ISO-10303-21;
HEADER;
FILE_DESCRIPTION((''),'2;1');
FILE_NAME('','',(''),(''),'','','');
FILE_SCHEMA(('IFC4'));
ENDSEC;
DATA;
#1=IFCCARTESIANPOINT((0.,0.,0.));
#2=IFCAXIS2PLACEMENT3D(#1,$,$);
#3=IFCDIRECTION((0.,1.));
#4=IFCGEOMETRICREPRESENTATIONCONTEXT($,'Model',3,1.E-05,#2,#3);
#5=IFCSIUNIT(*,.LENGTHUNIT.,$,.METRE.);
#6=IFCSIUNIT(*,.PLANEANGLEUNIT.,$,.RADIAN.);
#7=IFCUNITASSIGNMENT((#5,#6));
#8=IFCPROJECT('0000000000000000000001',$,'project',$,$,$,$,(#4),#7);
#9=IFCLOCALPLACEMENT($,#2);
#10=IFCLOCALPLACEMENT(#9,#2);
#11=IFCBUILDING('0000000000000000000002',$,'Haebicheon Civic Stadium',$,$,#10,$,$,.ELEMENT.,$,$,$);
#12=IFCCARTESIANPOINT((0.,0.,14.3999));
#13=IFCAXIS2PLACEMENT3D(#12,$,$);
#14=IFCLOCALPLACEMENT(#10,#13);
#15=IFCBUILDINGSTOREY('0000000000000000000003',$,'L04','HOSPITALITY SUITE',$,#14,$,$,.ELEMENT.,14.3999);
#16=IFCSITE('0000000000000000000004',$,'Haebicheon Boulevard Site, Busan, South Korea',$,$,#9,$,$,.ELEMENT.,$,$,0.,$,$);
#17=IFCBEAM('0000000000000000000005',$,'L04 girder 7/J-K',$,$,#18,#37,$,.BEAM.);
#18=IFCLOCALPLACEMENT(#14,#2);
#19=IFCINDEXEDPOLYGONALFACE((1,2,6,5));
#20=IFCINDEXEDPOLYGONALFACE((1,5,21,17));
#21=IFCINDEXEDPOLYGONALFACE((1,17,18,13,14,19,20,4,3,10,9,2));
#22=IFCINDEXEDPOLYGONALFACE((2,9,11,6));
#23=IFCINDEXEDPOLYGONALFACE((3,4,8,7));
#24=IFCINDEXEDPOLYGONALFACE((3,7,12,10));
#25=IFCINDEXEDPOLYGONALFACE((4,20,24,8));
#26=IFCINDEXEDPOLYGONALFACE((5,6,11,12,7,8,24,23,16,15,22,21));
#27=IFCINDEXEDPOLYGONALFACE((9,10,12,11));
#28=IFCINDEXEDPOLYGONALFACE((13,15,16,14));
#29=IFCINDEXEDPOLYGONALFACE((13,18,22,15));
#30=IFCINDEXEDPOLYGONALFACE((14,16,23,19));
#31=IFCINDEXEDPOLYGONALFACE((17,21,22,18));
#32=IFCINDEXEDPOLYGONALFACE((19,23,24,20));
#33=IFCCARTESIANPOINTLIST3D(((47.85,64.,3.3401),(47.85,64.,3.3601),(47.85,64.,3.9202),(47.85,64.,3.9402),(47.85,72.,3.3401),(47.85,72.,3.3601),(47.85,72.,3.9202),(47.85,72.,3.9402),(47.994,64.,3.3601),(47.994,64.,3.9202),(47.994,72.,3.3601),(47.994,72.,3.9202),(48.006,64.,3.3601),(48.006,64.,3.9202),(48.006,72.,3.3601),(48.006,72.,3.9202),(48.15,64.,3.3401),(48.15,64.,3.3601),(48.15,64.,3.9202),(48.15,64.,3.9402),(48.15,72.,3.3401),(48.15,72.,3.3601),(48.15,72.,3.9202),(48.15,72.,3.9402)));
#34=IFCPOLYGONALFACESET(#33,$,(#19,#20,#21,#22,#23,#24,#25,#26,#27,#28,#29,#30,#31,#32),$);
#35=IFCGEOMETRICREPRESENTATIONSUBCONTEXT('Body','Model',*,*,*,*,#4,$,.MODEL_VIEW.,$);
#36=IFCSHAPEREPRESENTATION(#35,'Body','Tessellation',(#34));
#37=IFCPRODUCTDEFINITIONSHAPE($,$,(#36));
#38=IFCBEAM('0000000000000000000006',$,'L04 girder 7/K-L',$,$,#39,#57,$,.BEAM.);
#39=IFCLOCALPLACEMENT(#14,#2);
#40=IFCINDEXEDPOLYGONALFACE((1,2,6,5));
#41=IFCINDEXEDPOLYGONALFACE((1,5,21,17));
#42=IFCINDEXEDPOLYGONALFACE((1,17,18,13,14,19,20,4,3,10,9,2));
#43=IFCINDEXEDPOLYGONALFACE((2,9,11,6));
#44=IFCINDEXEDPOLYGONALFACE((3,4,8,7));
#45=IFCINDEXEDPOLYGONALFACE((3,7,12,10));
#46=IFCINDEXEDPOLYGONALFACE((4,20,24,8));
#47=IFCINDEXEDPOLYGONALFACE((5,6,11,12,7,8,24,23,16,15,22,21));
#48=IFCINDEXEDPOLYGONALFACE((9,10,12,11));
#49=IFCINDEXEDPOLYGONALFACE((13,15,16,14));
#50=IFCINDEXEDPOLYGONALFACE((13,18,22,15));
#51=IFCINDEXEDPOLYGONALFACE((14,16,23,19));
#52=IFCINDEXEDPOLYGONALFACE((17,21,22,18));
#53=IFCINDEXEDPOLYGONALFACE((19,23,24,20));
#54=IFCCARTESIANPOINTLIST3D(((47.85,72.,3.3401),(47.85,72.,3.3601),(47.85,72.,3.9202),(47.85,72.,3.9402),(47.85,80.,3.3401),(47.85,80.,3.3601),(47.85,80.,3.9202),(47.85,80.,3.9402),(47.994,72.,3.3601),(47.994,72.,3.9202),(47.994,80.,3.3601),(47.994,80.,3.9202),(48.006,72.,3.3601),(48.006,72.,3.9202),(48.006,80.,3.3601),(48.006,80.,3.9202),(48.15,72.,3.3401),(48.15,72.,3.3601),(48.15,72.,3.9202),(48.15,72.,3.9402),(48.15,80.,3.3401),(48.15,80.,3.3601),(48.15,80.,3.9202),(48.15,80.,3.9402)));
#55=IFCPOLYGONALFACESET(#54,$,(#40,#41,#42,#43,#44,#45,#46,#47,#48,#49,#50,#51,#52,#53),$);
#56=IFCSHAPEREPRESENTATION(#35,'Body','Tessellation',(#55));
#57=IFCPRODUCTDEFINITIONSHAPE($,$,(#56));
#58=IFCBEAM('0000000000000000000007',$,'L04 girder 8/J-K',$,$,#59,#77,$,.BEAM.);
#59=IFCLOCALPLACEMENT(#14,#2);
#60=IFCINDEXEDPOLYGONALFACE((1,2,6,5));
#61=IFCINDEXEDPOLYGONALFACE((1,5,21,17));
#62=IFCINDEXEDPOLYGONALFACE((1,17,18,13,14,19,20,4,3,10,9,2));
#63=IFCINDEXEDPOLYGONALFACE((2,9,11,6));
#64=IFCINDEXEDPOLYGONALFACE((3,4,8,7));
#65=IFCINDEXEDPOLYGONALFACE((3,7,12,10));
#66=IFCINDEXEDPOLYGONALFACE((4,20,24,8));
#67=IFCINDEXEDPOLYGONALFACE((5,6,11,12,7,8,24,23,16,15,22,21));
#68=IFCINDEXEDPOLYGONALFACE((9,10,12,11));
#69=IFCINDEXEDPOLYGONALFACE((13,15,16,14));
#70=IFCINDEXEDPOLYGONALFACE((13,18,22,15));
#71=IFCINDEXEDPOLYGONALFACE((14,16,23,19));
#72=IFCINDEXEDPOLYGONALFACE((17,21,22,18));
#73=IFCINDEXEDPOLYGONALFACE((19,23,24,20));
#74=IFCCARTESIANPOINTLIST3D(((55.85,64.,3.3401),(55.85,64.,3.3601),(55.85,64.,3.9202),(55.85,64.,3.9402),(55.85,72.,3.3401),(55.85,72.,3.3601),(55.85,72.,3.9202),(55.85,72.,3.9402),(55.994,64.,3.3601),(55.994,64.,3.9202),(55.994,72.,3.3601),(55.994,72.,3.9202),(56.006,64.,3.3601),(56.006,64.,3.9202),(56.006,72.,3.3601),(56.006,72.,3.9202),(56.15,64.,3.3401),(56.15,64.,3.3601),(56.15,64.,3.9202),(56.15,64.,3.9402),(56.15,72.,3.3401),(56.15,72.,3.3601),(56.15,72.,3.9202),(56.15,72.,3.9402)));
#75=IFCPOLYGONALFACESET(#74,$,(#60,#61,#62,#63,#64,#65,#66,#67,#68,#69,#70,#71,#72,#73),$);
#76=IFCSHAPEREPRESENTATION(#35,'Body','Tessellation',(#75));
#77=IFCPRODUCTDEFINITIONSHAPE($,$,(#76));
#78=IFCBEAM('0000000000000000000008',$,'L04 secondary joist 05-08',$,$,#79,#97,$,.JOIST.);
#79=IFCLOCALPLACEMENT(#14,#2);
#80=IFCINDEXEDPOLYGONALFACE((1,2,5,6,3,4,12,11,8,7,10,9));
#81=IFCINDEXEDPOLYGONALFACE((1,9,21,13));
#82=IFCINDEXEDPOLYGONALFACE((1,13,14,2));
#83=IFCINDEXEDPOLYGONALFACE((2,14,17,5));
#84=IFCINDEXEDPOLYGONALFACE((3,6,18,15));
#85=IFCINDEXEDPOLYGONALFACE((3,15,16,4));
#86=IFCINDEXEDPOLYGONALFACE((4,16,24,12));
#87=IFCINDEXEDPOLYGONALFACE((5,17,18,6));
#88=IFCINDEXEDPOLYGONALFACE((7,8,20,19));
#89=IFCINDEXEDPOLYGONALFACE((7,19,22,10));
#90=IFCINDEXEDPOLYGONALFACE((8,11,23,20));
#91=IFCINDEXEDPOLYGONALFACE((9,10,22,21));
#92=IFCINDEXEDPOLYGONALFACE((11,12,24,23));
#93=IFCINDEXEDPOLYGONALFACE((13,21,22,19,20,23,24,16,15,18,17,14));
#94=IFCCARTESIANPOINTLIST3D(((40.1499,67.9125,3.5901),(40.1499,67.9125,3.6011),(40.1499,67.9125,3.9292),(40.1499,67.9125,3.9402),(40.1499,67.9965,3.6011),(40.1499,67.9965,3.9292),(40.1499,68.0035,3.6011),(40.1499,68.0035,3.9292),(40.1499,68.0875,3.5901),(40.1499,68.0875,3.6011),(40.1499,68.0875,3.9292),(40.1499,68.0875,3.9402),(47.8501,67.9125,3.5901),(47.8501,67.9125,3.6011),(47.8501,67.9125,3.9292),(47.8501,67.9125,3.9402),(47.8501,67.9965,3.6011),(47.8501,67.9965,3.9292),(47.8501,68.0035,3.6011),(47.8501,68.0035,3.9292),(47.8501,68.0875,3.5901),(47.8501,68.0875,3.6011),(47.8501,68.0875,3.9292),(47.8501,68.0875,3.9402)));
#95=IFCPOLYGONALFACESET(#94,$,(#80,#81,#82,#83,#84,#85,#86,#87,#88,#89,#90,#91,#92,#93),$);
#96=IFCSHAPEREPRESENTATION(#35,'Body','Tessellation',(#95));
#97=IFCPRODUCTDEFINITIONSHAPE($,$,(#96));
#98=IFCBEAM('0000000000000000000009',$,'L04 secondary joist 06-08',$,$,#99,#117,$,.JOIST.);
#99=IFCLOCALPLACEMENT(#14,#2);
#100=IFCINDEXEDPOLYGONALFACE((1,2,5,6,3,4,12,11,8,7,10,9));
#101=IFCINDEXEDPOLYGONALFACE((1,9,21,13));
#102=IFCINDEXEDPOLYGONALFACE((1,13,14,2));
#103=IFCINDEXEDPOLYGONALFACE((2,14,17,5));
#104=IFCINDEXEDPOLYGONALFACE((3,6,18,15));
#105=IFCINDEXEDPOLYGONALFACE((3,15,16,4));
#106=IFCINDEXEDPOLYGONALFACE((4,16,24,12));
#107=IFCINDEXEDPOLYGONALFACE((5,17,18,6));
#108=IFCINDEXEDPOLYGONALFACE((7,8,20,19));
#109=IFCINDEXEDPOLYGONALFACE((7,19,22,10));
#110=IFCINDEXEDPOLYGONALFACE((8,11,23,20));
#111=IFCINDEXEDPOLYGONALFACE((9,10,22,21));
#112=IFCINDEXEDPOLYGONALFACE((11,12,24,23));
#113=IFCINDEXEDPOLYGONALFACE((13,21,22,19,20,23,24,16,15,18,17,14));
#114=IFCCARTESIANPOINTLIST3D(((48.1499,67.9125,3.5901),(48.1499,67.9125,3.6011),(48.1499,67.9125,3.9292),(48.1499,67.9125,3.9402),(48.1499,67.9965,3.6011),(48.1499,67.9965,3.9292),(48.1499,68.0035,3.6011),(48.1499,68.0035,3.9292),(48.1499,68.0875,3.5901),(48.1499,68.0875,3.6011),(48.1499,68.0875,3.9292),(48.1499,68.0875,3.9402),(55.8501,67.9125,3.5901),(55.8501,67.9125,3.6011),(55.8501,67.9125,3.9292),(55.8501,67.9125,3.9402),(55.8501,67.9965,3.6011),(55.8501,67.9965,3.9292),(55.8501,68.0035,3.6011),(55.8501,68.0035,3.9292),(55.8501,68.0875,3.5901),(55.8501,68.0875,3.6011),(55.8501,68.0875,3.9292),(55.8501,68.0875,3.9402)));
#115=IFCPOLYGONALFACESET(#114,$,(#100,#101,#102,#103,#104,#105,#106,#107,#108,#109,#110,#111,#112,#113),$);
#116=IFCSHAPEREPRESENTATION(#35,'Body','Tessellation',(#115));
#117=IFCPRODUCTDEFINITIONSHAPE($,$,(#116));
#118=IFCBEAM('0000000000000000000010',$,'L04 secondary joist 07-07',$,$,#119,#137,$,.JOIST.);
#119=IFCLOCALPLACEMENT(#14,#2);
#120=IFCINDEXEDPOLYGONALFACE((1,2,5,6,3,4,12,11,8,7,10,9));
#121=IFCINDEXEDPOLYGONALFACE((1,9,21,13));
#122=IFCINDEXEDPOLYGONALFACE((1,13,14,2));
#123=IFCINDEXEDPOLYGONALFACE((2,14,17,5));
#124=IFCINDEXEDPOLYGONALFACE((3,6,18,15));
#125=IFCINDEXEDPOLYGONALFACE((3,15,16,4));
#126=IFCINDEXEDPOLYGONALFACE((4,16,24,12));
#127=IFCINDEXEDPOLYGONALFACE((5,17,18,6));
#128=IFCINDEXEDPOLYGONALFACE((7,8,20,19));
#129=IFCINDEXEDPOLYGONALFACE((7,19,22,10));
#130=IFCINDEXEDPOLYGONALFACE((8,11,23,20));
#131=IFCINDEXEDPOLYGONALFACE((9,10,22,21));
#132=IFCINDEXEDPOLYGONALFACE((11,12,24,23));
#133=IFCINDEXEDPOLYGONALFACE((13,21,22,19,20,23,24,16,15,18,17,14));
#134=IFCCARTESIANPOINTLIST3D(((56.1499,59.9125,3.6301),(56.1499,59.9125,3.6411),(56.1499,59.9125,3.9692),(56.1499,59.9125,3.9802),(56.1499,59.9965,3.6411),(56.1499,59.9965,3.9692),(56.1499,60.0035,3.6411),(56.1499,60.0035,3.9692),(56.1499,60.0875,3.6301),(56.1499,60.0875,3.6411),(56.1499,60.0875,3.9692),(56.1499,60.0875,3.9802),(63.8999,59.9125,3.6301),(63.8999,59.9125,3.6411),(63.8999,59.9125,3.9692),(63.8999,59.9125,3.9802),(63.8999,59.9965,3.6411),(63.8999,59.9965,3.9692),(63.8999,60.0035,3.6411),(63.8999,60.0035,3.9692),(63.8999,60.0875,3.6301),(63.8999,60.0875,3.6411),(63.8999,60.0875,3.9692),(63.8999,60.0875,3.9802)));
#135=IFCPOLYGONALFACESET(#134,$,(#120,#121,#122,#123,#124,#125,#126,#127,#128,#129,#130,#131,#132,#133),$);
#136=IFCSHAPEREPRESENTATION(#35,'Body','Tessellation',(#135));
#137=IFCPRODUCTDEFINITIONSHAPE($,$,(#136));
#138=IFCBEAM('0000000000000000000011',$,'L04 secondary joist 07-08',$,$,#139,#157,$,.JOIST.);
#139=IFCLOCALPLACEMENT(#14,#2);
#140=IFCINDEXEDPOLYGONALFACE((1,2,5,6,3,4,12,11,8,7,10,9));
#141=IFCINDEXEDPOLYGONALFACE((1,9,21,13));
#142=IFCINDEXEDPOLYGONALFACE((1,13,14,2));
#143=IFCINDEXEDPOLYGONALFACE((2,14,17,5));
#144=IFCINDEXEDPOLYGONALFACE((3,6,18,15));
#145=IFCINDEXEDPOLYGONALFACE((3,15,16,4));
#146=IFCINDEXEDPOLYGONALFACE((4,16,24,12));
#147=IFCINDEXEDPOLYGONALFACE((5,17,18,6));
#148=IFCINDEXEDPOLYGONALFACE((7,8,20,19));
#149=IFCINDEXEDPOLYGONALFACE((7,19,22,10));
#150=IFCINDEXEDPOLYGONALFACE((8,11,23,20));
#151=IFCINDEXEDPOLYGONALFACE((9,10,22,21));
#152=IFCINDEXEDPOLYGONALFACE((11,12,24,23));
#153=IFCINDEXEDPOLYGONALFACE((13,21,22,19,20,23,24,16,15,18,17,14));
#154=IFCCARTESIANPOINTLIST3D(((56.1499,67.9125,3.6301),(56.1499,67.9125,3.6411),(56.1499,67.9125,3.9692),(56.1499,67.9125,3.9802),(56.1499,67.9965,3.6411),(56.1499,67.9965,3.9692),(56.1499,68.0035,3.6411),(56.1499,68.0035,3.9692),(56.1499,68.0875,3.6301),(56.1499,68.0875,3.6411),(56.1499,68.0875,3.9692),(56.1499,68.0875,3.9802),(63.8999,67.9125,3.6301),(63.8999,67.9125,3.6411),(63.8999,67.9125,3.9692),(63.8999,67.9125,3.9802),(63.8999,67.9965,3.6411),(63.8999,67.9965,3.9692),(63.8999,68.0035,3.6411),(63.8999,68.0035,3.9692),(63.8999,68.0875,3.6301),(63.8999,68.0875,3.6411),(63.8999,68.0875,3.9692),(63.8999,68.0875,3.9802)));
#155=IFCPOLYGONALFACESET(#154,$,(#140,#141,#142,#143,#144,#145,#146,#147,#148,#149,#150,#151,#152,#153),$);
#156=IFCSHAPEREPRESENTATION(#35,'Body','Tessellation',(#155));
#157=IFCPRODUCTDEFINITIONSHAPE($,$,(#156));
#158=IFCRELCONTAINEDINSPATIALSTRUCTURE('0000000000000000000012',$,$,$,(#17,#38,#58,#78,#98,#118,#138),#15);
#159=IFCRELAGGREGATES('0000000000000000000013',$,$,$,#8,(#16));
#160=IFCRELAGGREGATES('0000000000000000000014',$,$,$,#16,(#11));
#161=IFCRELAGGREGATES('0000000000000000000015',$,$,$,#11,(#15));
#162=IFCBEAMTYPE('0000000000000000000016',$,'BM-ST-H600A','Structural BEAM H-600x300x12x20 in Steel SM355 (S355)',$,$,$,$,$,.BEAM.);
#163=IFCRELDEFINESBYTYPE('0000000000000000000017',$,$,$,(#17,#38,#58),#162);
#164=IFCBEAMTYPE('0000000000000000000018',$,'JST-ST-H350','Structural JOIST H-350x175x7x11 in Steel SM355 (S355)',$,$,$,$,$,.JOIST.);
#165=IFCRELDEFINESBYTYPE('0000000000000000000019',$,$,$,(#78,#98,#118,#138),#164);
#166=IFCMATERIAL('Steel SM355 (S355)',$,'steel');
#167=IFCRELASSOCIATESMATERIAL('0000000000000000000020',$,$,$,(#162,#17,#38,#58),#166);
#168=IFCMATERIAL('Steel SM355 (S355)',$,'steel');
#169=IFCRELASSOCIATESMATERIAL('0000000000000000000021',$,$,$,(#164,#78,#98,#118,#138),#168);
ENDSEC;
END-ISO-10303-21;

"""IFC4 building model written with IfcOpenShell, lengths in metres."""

from ifc_helpers import new_model, si_unit, direction, frame, origin, origin_2d, place, context, subcontext, project, spatial, i_section, extrude, material, material_profile, profile_set, type_object, element, save


model = new_model("IFC4")

# Units and contexts
model_context = context("Model", 3, precision=1e-05, world=origin(), true_north=direction((0.0, 1.0)))
body_context = subcontext(model_context, "Body", "Model", "MODEL_VIEW")
ifc_project = project(units=[si_unit("LENGTHUNIT", "METRE"), si_unit("PLANEANGLEUNIT", "RADIAN")], contexts=[model_context])

# Site, building, storey
site_placement = place(None, origin())
site = spatial("IfcSite", under=ifc_project, at=site_placement, Name="Haebicheon Boulevard Site, Busan, South Korea", CompositionType="ELEMENT", RefElevation=0.0)
building_placement = place(site_placement, origin())
building = spatial("IfcBuilding", under=site, at=building_placement, Name="Haebicheon Civic Stadium", CompositionType="ELEMENT")
storey_placement = place(building_placement, frame((0.0, 0.0, 14.3999)))
storey = spatial("IfcBuildingStorey", under=building, at=storey_placement, Name="L04", Description="HOSPITALITY SUITE", CompositionType="ELEMENT", Elevation=14.3999)

# Beams
ifc_material_1 = material(Name="Steel SM355 (S355)", Category="steel")
ifc_material_profile_1 = material_profile(ifc_material_1, i_section(OverallWidth=0.3, OverallDepth=0.6001, WebThickness=0.012, FlangeThickness=0.02, at=origin_2d()), Name="H-600x300x12x20")
ifc_profile_set_1 = profile_set([ifc_material_profile_1], Name="Steel SM355 (S355)")
beam_type_1 = type_object("IfcBeamType", Name="BM-ST-H600A", Description="Structural BEAM H-600x300x12x20 in Steel SM355 (S355)", PredefinedType="BEAM", material=ifc_profile_set_1)
for number, where, z_axis, x_axis, name in (
    (1, (48.0, 64.0, 3.6401), (0.0, 1.0, 0.0), (-1.0, 0.0, 0.0), "L04 girder 7/J-K"),
    (2, (48.0, 72.0, 3.6401), (0.0, 1.0, 0.0), (-1.0, 0.0, 0.0), "L04 girder 7/K-L"),
    (3, (56.0, 64.0, 3.6401), (0.0, 1.0, 0.0), (-1.0, 0.0, 0.0), "L04 girder 8/J-K"),
):
    element("IfcBeam", number, at=place(storey_placement, frame(where, z_axis=z_axis, x_axis=x_axis)), inside=storey, type_object=beam_type_1, material=ifc_profile_set_1, Name=name, PredefinedType="BEAM", context=body_context, shape_type="SweptSolid", body=[
        extrude(i_section(OverallWidth=0.3, OverallDepth=0.6001, WebThickness=0.012, FlangeThickness=0.02, at=origin_2d()), origin(), (0.0, 0.0, 1.0), 8.0),
    ])
ifc_material_2 = material(Name="Steel SM355 (S355)", Category="steel")
ifc_material_profile_2 = material_profile(ifc_material_2, i_section(OverallWidth=0.175, OverallDepth=0.3501, WebThickness=0.0071, FlangeThickness=0.011, at=origin_2d()), Name="H-350x175x7x11")
ifc_profile_set_2 = profile_set([ifc_material_profile_2], Name="Steel SM355 (S355)")
beam_type_2 = type_object("IfcBeamType", Name="JST-ST-H350", Description="Structural JOIST H-350x175x7x11 in Steel SM355 (S355)", PredefinedType="JOIST", material=ifc_profile_set_2)
for number, where, z_axis, x_axis, name in (
    (4, (40.1499, 68.0, 3.7651), (1.0, 0.0, 0.0), (0.0, 1.0, 0.0), "L04 secondary joist 05-08"),
    (5, (48.1499, 68.0, 3.7651), (1.0, 0.0, 0.0), (0.0, 1.0, 0.0), "L04 secondary joist 06-08"),
):
    element("IfcBeam", number, at=place(storey_placement, frame(where, z_axis=z_axis, x_axis=x_axis)), inside=storey, type_object=beam_type_2, material=ifc_profile_set_2, Name=name, PredefinedType="JOIST", context=body_context, shape_type="SweptSolid", body=[
        extrude(i_section(OverallWidth=0.175, OverallDepth=0.3501, WebThickness=0.0071, FlangeThickness=0.011, at=origin_2d()), origin(), (0.0, 0.0, 1.0), 7.7002),
    ])
for number, where, z_axis, x_axis, name in (
    (6, (56.1499, 60.0, 3.8052), (1.0, 0.0, 0.0), (0.0, 1.0, 0.0), "L04 secondary joist 07-07"),
    (7, (56.1499, 68.0, 3.8052), (1.0, 0.0, 0.0), (0.0, 1.0, 0.0), "L04 secondary joist 07-08"),
):
    element("IfcBeam", number, at=place(storey_placement, frame(where, z_axis=z_axis, x_axis=x_axis)), inside=storey, type_object=beam_type_2, material=ifc_profile_set_2, Name=name, PredefinedType="JOIST", context=body_context, shape_type="SweptSolid", body=[
        extrude(i_section(OverallWidth=0.175, OverallDepth=0.3501, WebThickness=0.0071, FlangeThickness=0.011, at=origin_2d()), origin(), (0.0, 0.0, 1.0), 7.75),
    ])

save(model, "model.ifc")
